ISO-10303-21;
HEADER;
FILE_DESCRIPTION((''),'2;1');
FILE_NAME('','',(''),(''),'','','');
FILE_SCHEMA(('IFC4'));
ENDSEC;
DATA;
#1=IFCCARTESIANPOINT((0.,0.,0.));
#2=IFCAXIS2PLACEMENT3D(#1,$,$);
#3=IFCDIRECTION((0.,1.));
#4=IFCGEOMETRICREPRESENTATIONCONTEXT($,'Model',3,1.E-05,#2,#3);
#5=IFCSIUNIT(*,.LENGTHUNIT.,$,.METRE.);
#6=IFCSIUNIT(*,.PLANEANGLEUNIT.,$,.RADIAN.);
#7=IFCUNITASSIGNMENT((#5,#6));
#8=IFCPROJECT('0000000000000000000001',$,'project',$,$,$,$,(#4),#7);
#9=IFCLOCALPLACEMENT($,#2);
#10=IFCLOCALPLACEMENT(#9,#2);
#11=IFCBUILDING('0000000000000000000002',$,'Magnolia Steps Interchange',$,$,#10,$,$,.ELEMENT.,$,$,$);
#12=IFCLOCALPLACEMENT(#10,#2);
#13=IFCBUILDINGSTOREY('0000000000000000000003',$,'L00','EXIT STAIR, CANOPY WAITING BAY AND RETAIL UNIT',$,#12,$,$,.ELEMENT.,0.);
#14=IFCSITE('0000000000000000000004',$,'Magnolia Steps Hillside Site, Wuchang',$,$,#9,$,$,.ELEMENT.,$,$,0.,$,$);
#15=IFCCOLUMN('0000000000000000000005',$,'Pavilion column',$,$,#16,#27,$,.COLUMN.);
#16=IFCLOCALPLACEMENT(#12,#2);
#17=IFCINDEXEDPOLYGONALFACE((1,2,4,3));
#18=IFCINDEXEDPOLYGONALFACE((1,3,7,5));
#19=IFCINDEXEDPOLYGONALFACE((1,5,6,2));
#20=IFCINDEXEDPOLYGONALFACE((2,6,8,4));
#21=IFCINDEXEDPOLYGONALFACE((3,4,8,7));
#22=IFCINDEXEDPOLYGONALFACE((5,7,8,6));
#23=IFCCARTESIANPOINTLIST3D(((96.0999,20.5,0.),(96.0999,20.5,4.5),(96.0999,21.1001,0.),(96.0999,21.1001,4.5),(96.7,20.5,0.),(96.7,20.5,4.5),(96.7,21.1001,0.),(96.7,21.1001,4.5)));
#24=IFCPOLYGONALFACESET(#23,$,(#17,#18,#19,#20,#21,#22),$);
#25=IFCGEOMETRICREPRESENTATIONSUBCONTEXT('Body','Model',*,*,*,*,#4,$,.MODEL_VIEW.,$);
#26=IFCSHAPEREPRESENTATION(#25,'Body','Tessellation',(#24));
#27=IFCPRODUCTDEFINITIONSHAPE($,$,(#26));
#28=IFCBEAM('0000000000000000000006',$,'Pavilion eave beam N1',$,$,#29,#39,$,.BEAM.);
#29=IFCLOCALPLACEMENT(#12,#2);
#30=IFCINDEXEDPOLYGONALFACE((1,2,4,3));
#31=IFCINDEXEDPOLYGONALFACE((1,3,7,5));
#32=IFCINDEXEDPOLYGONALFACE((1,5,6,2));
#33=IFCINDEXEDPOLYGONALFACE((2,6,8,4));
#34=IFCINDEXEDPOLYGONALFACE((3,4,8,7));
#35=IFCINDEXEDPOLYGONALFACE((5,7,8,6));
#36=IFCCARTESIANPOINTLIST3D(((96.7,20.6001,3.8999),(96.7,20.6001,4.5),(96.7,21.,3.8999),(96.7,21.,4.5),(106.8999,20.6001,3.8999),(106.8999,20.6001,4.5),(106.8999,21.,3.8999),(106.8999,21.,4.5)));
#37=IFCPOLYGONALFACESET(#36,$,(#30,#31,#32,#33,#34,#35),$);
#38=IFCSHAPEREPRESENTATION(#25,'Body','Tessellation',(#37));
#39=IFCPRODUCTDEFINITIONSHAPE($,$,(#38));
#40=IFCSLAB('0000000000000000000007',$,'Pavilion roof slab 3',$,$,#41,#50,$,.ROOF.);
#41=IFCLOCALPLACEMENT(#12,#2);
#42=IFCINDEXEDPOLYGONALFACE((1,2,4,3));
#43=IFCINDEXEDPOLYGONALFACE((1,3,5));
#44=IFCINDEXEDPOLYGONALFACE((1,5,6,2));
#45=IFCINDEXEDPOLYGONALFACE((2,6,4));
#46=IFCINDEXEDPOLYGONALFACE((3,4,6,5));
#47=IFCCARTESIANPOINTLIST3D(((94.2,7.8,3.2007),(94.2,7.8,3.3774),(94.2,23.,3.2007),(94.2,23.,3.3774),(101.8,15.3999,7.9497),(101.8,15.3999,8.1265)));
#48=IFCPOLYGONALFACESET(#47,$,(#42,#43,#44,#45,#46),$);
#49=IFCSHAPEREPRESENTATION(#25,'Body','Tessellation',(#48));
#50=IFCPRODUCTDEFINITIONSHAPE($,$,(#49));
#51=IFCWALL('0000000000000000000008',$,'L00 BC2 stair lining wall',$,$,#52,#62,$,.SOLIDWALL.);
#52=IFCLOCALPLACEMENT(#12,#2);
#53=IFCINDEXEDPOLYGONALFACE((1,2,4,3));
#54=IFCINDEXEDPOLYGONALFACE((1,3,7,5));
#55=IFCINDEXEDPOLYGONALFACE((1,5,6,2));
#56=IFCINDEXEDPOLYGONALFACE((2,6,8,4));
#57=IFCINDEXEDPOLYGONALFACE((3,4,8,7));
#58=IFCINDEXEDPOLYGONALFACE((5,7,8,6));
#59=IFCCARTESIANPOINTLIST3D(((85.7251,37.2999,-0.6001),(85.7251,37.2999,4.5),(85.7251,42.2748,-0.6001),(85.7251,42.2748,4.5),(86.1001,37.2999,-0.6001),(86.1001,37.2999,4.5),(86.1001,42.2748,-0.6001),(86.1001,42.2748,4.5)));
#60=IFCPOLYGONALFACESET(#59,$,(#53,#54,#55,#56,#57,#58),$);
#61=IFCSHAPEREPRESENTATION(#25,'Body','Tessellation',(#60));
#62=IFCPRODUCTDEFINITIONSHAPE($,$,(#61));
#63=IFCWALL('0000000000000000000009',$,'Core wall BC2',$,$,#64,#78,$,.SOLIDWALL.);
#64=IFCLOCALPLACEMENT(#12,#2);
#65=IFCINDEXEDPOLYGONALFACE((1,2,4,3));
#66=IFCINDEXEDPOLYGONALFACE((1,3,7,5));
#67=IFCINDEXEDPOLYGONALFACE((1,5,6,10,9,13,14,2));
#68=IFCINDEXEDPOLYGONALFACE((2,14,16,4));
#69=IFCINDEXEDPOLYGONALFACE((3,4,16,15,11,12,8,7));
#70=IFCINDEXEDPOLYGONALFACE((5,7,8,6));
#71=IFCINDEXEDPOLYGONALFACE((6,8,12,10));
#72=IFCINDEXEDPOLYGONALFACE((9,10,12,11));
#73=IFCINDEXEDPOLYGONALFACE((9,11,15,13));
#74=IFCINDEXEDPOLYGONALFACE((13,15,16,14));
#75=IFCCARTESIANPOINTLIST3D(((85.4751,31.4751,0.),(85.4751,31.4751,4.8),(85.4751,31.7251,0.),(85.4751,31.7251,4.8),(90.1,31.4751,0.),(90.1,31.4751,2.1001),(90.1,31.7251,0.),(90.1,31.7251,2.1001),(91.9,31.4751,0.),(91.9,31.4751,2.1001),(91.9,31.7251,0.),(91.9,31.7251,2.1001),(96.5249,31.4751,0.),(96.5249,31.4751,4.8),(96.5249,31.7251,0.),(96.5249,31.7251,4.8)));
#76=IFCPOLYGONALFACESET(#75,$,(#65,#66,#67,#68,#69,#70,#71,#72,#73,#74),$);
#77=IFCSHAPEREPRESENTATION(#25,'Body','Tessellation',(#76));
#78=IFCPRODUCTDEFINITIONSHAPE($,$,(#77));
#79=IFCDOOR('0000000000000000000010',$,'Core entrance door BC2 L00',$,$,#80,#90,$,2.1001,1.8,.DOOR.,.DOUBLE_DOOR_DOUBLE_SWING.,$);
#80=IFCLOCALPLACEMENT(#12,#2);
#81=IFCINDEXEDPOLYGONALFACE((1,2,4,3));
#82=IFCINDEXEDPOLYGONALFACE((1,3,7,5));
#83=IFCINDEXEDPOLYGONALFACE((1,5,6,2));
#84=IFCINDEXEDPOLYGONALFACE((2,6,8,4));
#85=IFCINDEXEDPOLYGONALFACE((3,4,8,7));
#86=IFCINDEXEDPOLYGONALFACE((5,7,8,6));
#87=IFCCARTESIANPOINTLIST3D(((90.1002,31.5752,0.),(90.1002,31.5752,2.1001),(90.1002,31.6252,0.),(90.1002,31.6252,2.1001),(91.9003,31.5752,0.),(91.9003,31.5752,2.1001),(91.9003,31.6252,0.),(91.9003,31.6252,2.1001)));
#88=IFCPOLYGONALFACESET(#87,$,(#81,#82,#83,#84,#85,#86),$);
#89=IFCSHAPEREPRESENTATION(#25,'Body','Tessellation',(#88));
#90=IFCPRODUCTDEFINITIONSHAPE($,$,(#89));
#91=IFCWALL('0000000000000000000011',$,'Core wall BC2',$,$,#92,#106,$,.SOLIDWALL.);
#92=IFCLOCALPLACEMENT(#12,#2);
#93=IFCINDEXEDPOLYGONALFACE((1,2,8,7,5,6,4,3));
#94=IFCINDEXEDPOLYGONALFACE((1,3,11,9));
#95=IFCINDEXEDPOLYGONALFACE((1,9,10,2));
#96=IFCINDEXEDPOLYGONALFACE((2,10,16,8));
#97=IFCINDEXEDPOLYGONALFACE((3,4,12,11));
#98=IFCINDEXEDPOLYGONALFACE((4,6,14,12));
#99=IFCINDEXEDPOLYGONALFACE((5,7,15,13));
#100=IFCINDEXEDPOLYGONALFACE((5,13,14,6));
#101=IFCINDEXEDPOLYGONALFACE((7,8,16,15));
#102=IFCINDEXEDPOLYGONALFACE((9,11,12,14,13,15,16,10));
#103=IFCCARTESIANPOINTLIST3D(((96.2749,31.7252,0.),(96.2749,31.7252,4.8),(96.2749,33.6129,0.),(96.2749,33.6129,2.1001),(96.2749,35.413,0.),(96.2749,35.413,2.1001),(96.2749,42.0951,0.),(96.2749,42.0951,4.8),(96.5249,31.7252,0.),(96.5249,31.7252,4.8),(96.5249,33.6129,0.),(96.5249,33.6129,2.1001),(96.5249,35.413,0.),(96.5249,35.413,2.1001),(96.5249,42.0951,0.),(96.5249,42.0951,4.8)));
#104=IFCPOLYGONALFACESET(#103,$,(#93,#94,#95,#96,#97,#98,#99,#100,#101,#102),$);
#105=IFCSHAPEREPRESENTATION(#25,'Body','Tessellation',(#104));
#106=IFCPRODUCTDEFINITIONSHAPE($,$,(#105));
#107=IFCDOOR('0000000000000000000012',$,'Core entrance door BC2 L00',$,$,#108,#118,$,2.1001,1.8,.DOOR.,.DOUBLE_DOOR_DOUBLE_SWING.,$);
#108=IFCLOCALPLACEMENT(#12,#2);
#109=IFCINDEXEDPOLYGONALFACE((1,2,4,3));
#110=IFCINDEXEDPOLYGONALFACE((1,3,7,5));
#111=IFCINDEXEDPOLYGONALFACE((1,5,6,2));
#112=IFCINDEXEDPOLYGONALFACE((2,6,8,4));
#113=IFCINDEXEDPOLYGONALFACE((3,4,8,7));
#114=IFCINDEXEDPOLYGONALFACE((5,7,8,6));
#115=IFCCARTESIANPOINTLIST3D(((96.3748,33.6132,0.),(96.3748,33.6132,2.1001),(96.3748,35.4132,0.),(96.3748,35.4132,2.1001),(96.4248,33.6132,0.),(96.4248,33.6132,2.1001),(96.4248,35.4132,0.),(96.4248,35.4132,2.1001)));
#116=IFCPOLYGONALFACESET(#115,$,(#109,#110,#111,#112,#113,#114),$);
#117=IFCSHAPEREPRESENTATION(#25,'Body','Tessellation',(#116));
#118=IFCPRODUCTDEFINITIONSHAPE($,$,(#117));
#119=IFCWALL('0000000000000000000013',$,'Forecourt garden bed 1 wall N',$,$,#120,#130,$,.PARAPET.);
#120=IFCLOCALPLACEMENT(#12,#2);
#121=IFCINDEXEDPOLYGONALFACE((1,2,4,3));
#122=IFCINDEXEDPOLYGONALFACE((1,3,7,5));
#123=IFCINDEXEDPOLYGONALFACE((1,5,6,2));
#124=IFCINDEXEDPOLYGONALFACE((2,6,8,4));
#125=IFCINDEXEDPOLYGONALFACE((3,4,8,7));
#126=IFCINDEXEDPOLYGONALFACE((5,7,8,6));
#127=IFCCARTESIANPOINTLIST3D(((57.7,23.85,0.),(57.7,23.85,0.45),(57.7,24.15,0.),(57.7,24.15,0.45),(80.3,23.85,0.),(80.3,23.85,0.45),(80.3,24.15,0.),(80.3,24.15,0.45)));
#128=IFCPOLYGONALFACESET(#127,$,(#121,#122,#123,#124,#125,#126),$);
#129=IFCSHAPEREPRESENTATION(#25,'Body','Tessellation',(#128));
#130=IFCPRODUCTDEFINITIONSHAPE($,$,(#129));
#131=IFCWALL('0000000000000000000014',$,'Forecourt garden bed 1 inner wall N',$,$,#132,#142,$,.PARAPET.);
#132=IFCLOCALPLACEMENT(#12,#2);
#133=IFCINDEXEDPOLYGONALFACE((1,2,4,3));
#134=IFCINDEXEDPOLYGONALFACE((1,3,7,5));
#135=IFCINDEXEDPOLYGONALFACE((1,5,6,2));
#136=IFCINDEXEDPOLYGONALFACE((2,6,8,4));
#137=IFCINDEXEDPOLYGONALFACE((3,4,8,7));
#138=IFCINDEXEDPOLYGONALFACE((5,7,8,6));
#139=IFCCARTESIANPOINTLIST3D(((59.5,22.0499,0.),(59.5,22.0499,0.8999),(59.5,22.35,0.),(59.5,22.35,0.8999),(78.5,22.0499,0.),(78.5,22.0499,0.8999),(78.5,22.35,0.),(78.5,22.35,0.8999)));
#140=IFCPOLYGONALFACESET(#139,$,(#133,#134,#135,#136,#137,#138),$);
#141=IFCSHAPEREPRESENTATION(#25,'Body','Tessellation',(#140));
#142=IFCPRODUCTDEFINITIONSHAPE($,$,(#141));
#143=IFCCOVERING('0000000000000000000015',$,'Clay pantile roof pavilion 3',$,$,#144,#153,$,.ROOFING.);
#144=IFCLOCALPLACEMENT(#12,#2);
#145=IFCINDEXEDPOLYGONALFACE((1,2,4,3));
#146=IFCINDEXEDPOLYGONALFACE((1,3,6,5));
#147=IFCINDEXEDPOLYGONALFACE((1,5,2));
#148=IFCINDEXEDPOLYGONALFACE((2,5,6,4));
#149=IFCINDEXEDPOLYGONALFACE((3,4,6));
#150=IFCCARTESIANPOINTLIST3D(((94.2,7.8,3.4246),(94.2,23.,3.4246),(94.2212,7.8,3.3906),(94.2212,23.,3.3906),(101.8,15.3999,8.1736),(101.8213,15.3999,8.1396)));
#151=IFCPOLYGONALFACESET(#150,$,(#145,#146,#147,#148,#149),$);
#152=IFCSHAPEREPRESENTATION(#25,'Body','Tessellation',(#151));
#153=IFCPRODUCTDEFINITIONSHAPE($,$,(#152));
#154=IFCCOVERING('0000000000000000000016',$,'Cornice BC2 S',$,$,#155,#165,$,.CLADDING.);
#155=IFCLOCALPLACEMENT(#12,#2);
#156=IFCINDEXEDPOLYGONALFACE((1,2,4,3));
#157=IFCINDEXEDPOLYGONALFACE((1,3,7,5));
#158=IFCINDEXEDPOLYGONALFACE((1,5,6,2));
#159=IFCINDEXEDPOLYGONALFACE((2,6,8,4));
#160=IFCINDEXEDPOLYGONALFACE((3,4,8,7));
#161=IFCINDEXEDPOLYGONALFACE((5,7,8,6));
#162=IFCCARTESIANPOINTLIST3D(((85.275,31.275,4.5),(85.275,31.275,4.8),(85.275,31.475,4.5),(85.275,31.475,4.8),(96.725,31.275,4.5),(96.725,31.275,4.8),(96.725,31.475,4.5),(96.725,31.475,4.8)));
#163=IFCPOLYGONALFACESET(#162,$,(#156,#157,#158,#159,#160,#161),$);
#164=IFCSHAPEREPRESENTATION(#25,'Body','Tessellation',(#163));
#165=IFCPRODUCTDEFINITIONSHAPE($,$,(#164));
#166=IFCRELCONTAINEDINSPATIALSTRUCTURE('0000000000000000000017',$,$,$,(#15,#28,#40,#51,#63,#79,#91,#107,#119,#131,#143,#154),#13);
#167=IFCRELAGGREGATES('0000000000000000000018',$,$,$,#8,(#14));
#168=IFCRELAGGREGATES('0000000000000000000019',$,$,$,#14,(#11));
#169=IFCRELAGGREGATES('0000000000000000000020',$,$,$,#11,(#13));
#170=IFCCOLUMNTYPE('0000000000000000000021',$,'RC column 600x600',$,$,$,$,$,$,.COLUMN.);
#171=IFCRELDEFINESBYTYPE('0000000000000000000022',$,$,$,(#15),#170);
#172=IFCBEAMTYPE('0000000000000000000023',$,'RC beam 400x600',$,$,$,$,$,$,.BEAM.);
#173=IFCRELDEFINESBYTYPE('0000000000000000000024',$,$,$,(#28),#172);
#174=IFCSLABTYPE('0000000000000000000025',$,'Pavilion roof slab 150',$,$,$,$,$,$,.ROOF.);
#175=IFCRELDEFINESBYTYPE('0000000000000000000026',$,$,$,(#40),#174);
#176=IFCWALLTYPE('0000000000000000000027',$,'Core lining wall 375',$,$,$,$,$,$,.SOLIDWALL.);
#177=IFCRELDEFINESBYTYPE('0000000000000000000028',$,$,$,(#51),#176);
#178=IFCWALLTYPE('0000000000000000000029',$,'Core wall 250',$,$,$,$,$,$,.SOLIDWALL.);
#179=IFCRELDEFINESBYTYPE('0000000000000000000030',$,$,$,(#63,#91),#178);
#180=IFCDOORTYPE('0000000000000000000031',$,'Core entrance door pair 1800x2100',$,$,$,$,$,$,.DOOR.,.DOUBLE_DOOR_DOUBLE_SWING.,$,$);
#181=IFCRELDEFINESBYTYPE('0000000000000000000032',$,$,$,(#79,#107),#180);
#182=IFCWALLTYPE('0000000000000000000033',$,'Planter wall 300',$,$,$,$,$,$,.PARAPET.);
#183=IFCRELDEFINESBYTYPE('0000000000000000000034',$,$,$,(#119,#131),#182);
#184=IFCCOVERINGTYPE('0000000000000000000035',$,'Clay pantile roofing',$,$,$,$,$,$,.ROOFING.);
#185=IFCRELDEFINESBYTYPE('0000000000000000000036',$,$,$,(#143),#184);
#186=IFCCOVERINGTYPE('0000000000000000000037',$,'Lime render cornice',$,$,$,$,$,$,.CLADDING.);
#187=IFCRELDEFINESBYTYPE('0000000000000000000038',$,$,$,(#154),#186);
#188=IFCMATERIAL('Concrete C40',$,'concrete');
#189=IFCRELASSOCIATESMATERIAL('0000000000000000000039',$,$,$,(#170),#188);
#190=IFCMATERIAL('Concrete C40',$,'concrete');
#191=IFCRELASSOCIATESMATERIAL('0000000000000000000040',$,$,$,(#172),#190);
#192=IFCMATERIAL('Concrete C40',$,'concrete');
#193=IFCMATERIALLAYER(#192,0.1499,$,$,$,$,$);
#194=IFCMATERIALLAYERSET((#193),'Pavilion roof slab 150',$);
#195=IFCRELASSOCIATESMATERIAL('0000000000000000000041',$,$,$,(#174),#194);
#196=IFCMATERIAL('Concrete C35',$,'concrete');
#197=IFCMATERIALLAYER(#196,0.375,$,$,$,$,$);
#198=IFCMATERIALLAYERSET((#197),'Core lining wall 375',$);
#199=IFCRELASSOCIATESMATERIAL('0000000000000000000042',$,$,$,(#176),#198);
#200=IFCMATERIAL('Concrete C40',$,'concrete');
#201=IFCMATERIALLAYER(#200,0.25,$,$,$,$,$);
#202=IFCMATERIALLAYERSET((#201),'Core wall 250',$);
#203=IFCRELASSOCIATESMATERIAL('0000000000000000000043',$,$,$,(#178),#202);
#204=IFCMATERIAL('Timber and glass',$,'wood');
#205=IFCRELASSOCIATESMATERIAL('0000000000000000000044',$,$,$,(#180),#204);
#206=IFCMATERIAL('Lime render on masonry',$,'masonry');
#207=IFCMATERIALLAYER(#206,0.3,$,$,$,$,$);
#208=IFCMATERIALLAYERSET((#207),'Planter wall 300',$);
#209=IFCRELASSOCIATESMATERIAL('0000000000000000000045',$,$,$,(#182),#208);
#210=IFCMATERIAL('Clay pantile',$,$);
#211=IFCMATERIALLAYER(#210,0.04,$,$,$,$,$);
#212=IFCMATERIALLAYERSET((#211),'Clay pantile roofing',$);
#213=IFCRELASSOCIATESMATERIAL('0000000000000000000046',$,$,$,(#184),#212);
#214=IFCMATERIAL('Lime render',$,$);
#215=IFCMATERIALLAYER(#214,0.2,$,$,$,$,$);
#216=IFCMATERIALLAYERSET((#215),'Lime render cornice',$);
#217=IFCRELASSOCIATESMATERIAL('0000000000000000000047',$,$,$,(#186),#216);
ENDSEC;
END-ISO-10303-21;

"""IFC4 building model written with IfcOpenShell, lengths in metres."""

from ifc_helpers import new_model, si_unit, direction, frame, frame_2d, origin, origin_2d, place, context, subcontext, project, spatial, polyline, rectangle, outline, extrude, material, layer, layer_set, material_profile, profile_set, type_object, element, fill, save


model = new_model("IFC4")

# Units and contexts
model_context = context("Model", 3, precision=1e-05, world=origin(), true_north=direction((0.0, 1.0)))
body_context = subcontext(model_context, "Body", "Model", "MODEL_VIEW")
ifc_project = project(units=[si_unit("LENGTHUNIT", "METRE"), si_unit("PLANEANGLEUNIT", "RADIAN")], contexts=[model_context])

# Site, building, storey
site_placement = place(None, origin())
site = spatial("IfcSite", under=ifc_project, at=site_placement, Name="Magnolia Steps Hillside Site, Wuchang", CompositionType="ELEMENT", RefElevation=0.0)
building_placement = place(site_placement, origin())
building = spatial("IfcBuilding", under=site, at=building_placement, Name="Magnolia Steps Interchange", CompositionType="ELEMENT")
storey_placement = place(building_placement, origin())
storey = spatial("IfcBuildingStorey", under=building, at=storey_placement, Name="L00", Description="EXIT STAIR, CANOPY WAITING BAY AND RETAIL UNIT", CompositionType="ELEMENT", Elevation=0.0)

# Column
ifc_material_1 = material(Name="Concrete C40", Category="concrete")
ifc_material_profile_1 = material_profile(ifc_material_1, rectangle(XDim=0.6001, YDim=0.6001, at=origin_2d()), Name="RC600x600")
ifc_profile_set_1 = profile_set([ifc_material_profile_1], Name="Concrete C40")
column_type = type_object("IfcColumnType", Name="RC column 600x600", PredefinedType="COLUMN", material=ifc_profile_set_1)
column_placement = place(storey_placement, frame((96.3999, 20.8, 0.0), z_axis=(0.0, 0.0, 1.0), x_axis=(1.0, 0.0, 0.0)))
element("IfcColumn", 1, at=column_placement, inside=storey, type_object=column_type, Name="Pavilion column", PredefinedType="COLUMN", context=body_context, shape_type="SweptSolid", body=[
    extrude(rectangle(XDim=0.6001, YDim=0.6001, at=origin_2d()), origin(), (0.0, 0.0, 1.0), 4.5),
])

# Beam
ifc_material_2 = material(Name="Concrete C40", Category="concrete")
ifc_material_profile_2 = material_profile(ifc_material_2, rectangle(XDim=0.3999, YDim=0.6001, at=origin_2d()), Name="RC400x600")
ifc_profile_set_2 = profile_set([ifc_material_profile_2], Name="Concrete C40")
beam_type = type_object("IfcBeamType", Name="RC beam 400x600", PredefinedType="BEAM", material=ifc_profile_set_2)
beam_placement = place(storey_placement, frame((96.7, 20.8, 4.2), z_axis=(1.0, 0.0, 0.0), x_axis=(0.0, 1.0, 0.0)))
element("IfcBeam", 2, at=beam_placement, inside=storey, type_object=beam_type, Name="Pavilion eave beam N1", PredefinedType="BEAM", context=body_context, shape_type="SweptSolid", body=[
    extrude(rectangle(XDim=0.3999, YDim=0.6001, at=origin_2d()), origin(), (0.0, 0.0, 1.0), 10.2),
])

# Slab
ifc_material_3 = material(Name="Concrete C40", Category="concrete")
ifc_layer_1 = layer(ifc_material_3, 0.1499)
ifc_layer_set_1 = layer_set([ifc_layer_1], Name="Pavilion roof slab 150")
slab_type = type_object("IfcSlabType", Name="Pavilion roof slab 150", PredefinedType="ROOF", material=ifc_layer_set_1)
slab_placement = place(storey_placement, frame((94.2, 23.0, 3.3774), z_axis=(-0.529916, 0.0, 0.84805), x_axis=(0.0, -1.0, 0.0)))
element("IfcSlab", 3, at=slab_placement, inside=storey, type_object=slab_type, Name="Pavilion roof slab 3", PredefinedType="ROOF", context=body_context, shape_type="SweptSolid", body=[
    extrude(outline(polyline([(0.0, 0.0), (15.2, 0.0), (7.6001, 8.9618), (0.0, 0.0)])), origin(), (0.0, -0.529916, -0.84805), 0.1768),
])

# Wall
ifc_material_4 = material(Name="Concrete C35", Category="concrete")
ifc_layer_2 = layer(ifc_material_4, 0.375)
ifc_layer_set_2 = layer_set([ifc_layer_2], Name="Core lining wall 375")
wall_type_1 = type_object("IfcWallType", Name="Core lining wall 375", PredefinedType="SOLIDWALL", material=ifc_layer_set_2)
wall_1_placement = place(storey_placement, frame((85.9126, 37.3, -0.6001), z_axis=(0.0, 0.0, 1.0), x_axis=(0.0, 1.0, 0.0)))
element("IfcWall", 4, at=wall_1_placement, inside=storey, type_object=wall_type_1, Name="L00 BC2 stair lining wall", PredefinedType="SOLIDWALL", context=body_context, shape_type="SweptSolid", body=[
    extrude(rectangle(XDim=4.9749, YDim=0.375, at=frame_2d((2.4873, 0.0))), origin(), (0.0, 0.0, 1.0), 5.1001),
])

# Walls, openings, doors
ifc_material_5 = material(Name="Concrete C40", Category="concrete")
ifc_layer_3 = layer(ifc_material_5, 0.25)
ifc_layer_set_3 = layer_set([ifc_layer_3], Name="Core wall 250")
wall_type_2 = type_object("IfcWallType", Name="Core wall 250", PredefinedType="SOLIDWALL", material=ifc_layer_set_3)
wall_2_placement = place(storey_placement, frame((85.4751, 31.6001, 0.0), z_axis=(0.0, 0.0, 1.0), x_axis=(1.0, 0.0, 0.0)))
wall_2 = element("IfcWall", 5, at=wall_2_placement, inside=storey, type_object=wall_type_2, Name="Core wall BC2", PredefinedType="SOLIDWALL", context=body_context, shape_type="SweptSolid", body=[
    extrude(rectangle(XDim=11.0498, YDim=0.25, at=frame_2d((5.5249, 0.0))), origin(), (0.0, 0.0, 1.0), 4.8),
])
opening_1_placement = place(wall_2_placement, frame((4.625, 0.0, 0.0)))
opening_1 = element("IfcOpeningElement", 6, at=opening_1_placement, cuts=wall_2, PredefinedType="OPENING", context=body_context, shape_type="SweptSolid", body=[
    extrude(rectangle(XDim=1.8, YDim=2.1001, at=frame_2d((0.8999, 1.05))), frame((0.0, 0.135, 0.0), z_axis=(0.0, -1.0, 0.0), x_axis=(1.0, 0.0, 0.0)), (0.0, 0.0, 1.0), 0.27),
])
ifc_material_6 = material(Name="Timber and glass", Category="wood")
door_type_1 = type_object("IfcDoorType", Name="Core entrance door pair 1800x2100", OperationType="DOUBLE_DOOR_DOUBLE_SWING", PredefinedType="DOOR", material=ifc_material_6)
door_1_placement = place(opening_1_placement, frame((1.8, 0.0, 0.0), z_axis=(0.0, 0.0, 1.0), x_axis=(-1.0, 0.0, 0.0)))
door_1 = element("IfcDoor", 7, at=door_1_placement, inside=storey, type_object=door_type_1, Name="Core entrance door BC2 L00", OperationType="DOUBLE_DOOR_DOUBLE_SWING", OverallHeight=2.1001, OverallWidth=1.8, PredefinedType="DOOR", context=body_context, shape_type="SweptSolid", body=[
    extrude(rectangle(XDim=1.8, YDim=2.1001, at=frame_2d((0.8999, 1.05))), frame((0.0, 0.0249, 0.0), z_axis=(0.0, -1.0, 0.0), x_axis=(1.0, 0.0, 0.0)), (0.0, 0.0, 1.0), 0.05),
])
fill(opening_1, door_1)
wall_3_placement = place(storey_placement, frame((96.3999, 31.7251, 0.0), z_axis=(0.0, 0.0, 1.0), x_axis=(0.0, 1.0, 0.0)))
wall_3 = element("IfcWall", 8, at=wall_3_placement, inside=storey, type_object=wall_type_2, Name="Core wall BC2", PredefinedType="SOLIDWALL", context=body_context, shape_type="SweptSolid", body=[
    extrude(rectangle(XDim=10.3699, YDim=0.25, at=frame_2d((5.1851, 0.0))), origin(), (0.0, 0.0, 1.0), 4.8),
])
opening_2_placement = place(wall_3_placement, frame((1.8879, 0.0, 0.0)))
opening_2 = element("IfcOpeningElement", 9, at=opening_2_placement, cuts=wall_3, PredefinedType="OPENING", context=body_context, shape_type="SweptSolid", body=[
    extrude(rectangle(XDim=1.8, YDim=2.1001, at=frame_2d((0.8999, 1.05))), frame((0.0, 0.135, 0.0), z_axis=(0.0, -1.0, 0.0), x_axis=(1.0, 0.0, 0.0)), (0.0, 0.0, 1.0), 0.27),
])
door_2_placement = place(opening_2_placement, frame((1.8, 0.0, 0.0), z_axis=(0.0, 0.0, 1.0), x_axis=(-1.0, 0.0, 0.0)))
door_2 = element("IfcDoor", 10, at=door_2_placement, inside=storey, type_object=door_type_1, Name="Core entrance door BC2 L00", OperationType="DOUBLE_DOOR_DOUBLE_SWING", OverallHeight=2.1001, OverallWidth=1.8, PredefinedType="DOOR", context=body_context, shape_type="SweptSolid", body=[
    extrude(rectangle(XDim=1.8, YDim=2.1001, at=frame_2d((0.8999, 1.05))), frame((0.0, 0.0249, 0.0), z_axis=(0.0, -1.0, 0.0), x_axis=(1.0, 0.0, 0.0)), (0.0, 0.0, 1.0), 0.05),
])
fill(opening_2, door_2)

# Walls
ifc_material_7 = material(Name="Lime render on masonry", Category="masonry")
ifc_layer_4 = layer(ifc_material_7, 0.3)
ifc_layer_set_4 = layer_set([ifc_layer_4], Name="Planter wall 300")
wall_type_3 = type_object("IfcWallType", Name="Planter wall 300", PredefinedType="PARAPET", material=ifc_layer_set_4)
wall_4_placement = place(storey_placement, frame((80.3, 24.0, 0.0), z_axis=(0.0, 0.0, 1.0), x_axis=(-1.0, 0.0, 0.0)))
element("IfcWall", 11, at=wall_4_placement, inside=storey, type_object=wall_type_3, Name="Forecourt garden bed 1 wall N", PredefinedType="PARAPET", context=body_context, shape_type="SweptSolid", body=[
    extrude(rectangle(XDim=22.6001, YDim=0.3, at=frame_2d((11.3, 0.0))), origin(), (0.0, 0.0, 1.0), 0.45),
])
wall_5_placement = place(storey_placement, frame((78.5, 22.2, 0.0), z_axis=(0.0, 0.0, 1.0), x_axis=(-1.0, 0.0, 0.0)))
element("IfcWall", 12, at=wall_5_placement, inside=storey, type_object=wall_type_3, Name="Forecourt garden bed 1 inner wall N", PredefinedType="PARAPET", context=body_context, shape_type="SweptSolid", body=[
    extrude(rectangle(XDim=19.0, YDim=0.3, at=frame_2d((9.5, 0.0))), origin(), (0.0, 0.0, 1.0), 0.8999),
])

# Coverings
ifc_material_8 = material(Name="Clay pantile")
ifc_layer_5 = layer(ifc_material_8, 0.04)
ifc_layer_set_5 = layer_set([ifc_layer_5], Name="Clay pantile roofing")
covering_type_1 = type_object("IfcCoveringType", Name="Clay pantile roofing", PredefinedType="ROOFING", material=ifc_layer_set_5)
covering_1_placement = place(storey_placement, frame((94.2, 23.0, 3.4246), z_axis=(-0.529916, 0.0, 0.84805), x_axis=(0.0, -1.0, 0.0)))
element("IfcCovering", 13, at=covering_1_placement, inside=storey, type_object=covering_type_1, Name="Clay pantile roof pavilion 3", PredefinedType="ROOFING", context=body_context, shape_type="SweptSolid", body=[
    extrude(outline(polyline([(0.0, 0.0), (15.2, 0.0), (7.6001, 8.9618), (0.0, 0.0)])), origin(), (0.0, 0.0, -1.0), 0.04),
])
ifc_material_9 = material(Name="Lime render")
ifc_layer_6 = layer(ifc_material_9, 0.2)
ifc_layer_set_6 = layer_set([ifc_layer_6], Name="Lime render cornice")
covering_type_2 = type_object("IfcCoveringType", Name="Lime render cornice", PredefinedType="CLADDING", material=ifc_layer_set_6)
covering_2_placement = place(storey_placement, frame((91.0, 31.375, 4.5), z_axis=(0.0, 0.0, 1.0), x_axis=(1.0, 0.0, 0.0)))
element("IfcCovering", 14, at=covering_2_placement, inside=storey, type_object=covering_type_2, Name="Cornice BC2 S", PredefinedType="CLADDING", context=body_context, shape_type="SweptSolid", body=[
    extrude(rectangle(XDim=11.45, YDim=0.2, at=origin_2d()), origin(), (0.0, 0.0, 1.0), 0.3),
])

save(model, "model.ifc")
